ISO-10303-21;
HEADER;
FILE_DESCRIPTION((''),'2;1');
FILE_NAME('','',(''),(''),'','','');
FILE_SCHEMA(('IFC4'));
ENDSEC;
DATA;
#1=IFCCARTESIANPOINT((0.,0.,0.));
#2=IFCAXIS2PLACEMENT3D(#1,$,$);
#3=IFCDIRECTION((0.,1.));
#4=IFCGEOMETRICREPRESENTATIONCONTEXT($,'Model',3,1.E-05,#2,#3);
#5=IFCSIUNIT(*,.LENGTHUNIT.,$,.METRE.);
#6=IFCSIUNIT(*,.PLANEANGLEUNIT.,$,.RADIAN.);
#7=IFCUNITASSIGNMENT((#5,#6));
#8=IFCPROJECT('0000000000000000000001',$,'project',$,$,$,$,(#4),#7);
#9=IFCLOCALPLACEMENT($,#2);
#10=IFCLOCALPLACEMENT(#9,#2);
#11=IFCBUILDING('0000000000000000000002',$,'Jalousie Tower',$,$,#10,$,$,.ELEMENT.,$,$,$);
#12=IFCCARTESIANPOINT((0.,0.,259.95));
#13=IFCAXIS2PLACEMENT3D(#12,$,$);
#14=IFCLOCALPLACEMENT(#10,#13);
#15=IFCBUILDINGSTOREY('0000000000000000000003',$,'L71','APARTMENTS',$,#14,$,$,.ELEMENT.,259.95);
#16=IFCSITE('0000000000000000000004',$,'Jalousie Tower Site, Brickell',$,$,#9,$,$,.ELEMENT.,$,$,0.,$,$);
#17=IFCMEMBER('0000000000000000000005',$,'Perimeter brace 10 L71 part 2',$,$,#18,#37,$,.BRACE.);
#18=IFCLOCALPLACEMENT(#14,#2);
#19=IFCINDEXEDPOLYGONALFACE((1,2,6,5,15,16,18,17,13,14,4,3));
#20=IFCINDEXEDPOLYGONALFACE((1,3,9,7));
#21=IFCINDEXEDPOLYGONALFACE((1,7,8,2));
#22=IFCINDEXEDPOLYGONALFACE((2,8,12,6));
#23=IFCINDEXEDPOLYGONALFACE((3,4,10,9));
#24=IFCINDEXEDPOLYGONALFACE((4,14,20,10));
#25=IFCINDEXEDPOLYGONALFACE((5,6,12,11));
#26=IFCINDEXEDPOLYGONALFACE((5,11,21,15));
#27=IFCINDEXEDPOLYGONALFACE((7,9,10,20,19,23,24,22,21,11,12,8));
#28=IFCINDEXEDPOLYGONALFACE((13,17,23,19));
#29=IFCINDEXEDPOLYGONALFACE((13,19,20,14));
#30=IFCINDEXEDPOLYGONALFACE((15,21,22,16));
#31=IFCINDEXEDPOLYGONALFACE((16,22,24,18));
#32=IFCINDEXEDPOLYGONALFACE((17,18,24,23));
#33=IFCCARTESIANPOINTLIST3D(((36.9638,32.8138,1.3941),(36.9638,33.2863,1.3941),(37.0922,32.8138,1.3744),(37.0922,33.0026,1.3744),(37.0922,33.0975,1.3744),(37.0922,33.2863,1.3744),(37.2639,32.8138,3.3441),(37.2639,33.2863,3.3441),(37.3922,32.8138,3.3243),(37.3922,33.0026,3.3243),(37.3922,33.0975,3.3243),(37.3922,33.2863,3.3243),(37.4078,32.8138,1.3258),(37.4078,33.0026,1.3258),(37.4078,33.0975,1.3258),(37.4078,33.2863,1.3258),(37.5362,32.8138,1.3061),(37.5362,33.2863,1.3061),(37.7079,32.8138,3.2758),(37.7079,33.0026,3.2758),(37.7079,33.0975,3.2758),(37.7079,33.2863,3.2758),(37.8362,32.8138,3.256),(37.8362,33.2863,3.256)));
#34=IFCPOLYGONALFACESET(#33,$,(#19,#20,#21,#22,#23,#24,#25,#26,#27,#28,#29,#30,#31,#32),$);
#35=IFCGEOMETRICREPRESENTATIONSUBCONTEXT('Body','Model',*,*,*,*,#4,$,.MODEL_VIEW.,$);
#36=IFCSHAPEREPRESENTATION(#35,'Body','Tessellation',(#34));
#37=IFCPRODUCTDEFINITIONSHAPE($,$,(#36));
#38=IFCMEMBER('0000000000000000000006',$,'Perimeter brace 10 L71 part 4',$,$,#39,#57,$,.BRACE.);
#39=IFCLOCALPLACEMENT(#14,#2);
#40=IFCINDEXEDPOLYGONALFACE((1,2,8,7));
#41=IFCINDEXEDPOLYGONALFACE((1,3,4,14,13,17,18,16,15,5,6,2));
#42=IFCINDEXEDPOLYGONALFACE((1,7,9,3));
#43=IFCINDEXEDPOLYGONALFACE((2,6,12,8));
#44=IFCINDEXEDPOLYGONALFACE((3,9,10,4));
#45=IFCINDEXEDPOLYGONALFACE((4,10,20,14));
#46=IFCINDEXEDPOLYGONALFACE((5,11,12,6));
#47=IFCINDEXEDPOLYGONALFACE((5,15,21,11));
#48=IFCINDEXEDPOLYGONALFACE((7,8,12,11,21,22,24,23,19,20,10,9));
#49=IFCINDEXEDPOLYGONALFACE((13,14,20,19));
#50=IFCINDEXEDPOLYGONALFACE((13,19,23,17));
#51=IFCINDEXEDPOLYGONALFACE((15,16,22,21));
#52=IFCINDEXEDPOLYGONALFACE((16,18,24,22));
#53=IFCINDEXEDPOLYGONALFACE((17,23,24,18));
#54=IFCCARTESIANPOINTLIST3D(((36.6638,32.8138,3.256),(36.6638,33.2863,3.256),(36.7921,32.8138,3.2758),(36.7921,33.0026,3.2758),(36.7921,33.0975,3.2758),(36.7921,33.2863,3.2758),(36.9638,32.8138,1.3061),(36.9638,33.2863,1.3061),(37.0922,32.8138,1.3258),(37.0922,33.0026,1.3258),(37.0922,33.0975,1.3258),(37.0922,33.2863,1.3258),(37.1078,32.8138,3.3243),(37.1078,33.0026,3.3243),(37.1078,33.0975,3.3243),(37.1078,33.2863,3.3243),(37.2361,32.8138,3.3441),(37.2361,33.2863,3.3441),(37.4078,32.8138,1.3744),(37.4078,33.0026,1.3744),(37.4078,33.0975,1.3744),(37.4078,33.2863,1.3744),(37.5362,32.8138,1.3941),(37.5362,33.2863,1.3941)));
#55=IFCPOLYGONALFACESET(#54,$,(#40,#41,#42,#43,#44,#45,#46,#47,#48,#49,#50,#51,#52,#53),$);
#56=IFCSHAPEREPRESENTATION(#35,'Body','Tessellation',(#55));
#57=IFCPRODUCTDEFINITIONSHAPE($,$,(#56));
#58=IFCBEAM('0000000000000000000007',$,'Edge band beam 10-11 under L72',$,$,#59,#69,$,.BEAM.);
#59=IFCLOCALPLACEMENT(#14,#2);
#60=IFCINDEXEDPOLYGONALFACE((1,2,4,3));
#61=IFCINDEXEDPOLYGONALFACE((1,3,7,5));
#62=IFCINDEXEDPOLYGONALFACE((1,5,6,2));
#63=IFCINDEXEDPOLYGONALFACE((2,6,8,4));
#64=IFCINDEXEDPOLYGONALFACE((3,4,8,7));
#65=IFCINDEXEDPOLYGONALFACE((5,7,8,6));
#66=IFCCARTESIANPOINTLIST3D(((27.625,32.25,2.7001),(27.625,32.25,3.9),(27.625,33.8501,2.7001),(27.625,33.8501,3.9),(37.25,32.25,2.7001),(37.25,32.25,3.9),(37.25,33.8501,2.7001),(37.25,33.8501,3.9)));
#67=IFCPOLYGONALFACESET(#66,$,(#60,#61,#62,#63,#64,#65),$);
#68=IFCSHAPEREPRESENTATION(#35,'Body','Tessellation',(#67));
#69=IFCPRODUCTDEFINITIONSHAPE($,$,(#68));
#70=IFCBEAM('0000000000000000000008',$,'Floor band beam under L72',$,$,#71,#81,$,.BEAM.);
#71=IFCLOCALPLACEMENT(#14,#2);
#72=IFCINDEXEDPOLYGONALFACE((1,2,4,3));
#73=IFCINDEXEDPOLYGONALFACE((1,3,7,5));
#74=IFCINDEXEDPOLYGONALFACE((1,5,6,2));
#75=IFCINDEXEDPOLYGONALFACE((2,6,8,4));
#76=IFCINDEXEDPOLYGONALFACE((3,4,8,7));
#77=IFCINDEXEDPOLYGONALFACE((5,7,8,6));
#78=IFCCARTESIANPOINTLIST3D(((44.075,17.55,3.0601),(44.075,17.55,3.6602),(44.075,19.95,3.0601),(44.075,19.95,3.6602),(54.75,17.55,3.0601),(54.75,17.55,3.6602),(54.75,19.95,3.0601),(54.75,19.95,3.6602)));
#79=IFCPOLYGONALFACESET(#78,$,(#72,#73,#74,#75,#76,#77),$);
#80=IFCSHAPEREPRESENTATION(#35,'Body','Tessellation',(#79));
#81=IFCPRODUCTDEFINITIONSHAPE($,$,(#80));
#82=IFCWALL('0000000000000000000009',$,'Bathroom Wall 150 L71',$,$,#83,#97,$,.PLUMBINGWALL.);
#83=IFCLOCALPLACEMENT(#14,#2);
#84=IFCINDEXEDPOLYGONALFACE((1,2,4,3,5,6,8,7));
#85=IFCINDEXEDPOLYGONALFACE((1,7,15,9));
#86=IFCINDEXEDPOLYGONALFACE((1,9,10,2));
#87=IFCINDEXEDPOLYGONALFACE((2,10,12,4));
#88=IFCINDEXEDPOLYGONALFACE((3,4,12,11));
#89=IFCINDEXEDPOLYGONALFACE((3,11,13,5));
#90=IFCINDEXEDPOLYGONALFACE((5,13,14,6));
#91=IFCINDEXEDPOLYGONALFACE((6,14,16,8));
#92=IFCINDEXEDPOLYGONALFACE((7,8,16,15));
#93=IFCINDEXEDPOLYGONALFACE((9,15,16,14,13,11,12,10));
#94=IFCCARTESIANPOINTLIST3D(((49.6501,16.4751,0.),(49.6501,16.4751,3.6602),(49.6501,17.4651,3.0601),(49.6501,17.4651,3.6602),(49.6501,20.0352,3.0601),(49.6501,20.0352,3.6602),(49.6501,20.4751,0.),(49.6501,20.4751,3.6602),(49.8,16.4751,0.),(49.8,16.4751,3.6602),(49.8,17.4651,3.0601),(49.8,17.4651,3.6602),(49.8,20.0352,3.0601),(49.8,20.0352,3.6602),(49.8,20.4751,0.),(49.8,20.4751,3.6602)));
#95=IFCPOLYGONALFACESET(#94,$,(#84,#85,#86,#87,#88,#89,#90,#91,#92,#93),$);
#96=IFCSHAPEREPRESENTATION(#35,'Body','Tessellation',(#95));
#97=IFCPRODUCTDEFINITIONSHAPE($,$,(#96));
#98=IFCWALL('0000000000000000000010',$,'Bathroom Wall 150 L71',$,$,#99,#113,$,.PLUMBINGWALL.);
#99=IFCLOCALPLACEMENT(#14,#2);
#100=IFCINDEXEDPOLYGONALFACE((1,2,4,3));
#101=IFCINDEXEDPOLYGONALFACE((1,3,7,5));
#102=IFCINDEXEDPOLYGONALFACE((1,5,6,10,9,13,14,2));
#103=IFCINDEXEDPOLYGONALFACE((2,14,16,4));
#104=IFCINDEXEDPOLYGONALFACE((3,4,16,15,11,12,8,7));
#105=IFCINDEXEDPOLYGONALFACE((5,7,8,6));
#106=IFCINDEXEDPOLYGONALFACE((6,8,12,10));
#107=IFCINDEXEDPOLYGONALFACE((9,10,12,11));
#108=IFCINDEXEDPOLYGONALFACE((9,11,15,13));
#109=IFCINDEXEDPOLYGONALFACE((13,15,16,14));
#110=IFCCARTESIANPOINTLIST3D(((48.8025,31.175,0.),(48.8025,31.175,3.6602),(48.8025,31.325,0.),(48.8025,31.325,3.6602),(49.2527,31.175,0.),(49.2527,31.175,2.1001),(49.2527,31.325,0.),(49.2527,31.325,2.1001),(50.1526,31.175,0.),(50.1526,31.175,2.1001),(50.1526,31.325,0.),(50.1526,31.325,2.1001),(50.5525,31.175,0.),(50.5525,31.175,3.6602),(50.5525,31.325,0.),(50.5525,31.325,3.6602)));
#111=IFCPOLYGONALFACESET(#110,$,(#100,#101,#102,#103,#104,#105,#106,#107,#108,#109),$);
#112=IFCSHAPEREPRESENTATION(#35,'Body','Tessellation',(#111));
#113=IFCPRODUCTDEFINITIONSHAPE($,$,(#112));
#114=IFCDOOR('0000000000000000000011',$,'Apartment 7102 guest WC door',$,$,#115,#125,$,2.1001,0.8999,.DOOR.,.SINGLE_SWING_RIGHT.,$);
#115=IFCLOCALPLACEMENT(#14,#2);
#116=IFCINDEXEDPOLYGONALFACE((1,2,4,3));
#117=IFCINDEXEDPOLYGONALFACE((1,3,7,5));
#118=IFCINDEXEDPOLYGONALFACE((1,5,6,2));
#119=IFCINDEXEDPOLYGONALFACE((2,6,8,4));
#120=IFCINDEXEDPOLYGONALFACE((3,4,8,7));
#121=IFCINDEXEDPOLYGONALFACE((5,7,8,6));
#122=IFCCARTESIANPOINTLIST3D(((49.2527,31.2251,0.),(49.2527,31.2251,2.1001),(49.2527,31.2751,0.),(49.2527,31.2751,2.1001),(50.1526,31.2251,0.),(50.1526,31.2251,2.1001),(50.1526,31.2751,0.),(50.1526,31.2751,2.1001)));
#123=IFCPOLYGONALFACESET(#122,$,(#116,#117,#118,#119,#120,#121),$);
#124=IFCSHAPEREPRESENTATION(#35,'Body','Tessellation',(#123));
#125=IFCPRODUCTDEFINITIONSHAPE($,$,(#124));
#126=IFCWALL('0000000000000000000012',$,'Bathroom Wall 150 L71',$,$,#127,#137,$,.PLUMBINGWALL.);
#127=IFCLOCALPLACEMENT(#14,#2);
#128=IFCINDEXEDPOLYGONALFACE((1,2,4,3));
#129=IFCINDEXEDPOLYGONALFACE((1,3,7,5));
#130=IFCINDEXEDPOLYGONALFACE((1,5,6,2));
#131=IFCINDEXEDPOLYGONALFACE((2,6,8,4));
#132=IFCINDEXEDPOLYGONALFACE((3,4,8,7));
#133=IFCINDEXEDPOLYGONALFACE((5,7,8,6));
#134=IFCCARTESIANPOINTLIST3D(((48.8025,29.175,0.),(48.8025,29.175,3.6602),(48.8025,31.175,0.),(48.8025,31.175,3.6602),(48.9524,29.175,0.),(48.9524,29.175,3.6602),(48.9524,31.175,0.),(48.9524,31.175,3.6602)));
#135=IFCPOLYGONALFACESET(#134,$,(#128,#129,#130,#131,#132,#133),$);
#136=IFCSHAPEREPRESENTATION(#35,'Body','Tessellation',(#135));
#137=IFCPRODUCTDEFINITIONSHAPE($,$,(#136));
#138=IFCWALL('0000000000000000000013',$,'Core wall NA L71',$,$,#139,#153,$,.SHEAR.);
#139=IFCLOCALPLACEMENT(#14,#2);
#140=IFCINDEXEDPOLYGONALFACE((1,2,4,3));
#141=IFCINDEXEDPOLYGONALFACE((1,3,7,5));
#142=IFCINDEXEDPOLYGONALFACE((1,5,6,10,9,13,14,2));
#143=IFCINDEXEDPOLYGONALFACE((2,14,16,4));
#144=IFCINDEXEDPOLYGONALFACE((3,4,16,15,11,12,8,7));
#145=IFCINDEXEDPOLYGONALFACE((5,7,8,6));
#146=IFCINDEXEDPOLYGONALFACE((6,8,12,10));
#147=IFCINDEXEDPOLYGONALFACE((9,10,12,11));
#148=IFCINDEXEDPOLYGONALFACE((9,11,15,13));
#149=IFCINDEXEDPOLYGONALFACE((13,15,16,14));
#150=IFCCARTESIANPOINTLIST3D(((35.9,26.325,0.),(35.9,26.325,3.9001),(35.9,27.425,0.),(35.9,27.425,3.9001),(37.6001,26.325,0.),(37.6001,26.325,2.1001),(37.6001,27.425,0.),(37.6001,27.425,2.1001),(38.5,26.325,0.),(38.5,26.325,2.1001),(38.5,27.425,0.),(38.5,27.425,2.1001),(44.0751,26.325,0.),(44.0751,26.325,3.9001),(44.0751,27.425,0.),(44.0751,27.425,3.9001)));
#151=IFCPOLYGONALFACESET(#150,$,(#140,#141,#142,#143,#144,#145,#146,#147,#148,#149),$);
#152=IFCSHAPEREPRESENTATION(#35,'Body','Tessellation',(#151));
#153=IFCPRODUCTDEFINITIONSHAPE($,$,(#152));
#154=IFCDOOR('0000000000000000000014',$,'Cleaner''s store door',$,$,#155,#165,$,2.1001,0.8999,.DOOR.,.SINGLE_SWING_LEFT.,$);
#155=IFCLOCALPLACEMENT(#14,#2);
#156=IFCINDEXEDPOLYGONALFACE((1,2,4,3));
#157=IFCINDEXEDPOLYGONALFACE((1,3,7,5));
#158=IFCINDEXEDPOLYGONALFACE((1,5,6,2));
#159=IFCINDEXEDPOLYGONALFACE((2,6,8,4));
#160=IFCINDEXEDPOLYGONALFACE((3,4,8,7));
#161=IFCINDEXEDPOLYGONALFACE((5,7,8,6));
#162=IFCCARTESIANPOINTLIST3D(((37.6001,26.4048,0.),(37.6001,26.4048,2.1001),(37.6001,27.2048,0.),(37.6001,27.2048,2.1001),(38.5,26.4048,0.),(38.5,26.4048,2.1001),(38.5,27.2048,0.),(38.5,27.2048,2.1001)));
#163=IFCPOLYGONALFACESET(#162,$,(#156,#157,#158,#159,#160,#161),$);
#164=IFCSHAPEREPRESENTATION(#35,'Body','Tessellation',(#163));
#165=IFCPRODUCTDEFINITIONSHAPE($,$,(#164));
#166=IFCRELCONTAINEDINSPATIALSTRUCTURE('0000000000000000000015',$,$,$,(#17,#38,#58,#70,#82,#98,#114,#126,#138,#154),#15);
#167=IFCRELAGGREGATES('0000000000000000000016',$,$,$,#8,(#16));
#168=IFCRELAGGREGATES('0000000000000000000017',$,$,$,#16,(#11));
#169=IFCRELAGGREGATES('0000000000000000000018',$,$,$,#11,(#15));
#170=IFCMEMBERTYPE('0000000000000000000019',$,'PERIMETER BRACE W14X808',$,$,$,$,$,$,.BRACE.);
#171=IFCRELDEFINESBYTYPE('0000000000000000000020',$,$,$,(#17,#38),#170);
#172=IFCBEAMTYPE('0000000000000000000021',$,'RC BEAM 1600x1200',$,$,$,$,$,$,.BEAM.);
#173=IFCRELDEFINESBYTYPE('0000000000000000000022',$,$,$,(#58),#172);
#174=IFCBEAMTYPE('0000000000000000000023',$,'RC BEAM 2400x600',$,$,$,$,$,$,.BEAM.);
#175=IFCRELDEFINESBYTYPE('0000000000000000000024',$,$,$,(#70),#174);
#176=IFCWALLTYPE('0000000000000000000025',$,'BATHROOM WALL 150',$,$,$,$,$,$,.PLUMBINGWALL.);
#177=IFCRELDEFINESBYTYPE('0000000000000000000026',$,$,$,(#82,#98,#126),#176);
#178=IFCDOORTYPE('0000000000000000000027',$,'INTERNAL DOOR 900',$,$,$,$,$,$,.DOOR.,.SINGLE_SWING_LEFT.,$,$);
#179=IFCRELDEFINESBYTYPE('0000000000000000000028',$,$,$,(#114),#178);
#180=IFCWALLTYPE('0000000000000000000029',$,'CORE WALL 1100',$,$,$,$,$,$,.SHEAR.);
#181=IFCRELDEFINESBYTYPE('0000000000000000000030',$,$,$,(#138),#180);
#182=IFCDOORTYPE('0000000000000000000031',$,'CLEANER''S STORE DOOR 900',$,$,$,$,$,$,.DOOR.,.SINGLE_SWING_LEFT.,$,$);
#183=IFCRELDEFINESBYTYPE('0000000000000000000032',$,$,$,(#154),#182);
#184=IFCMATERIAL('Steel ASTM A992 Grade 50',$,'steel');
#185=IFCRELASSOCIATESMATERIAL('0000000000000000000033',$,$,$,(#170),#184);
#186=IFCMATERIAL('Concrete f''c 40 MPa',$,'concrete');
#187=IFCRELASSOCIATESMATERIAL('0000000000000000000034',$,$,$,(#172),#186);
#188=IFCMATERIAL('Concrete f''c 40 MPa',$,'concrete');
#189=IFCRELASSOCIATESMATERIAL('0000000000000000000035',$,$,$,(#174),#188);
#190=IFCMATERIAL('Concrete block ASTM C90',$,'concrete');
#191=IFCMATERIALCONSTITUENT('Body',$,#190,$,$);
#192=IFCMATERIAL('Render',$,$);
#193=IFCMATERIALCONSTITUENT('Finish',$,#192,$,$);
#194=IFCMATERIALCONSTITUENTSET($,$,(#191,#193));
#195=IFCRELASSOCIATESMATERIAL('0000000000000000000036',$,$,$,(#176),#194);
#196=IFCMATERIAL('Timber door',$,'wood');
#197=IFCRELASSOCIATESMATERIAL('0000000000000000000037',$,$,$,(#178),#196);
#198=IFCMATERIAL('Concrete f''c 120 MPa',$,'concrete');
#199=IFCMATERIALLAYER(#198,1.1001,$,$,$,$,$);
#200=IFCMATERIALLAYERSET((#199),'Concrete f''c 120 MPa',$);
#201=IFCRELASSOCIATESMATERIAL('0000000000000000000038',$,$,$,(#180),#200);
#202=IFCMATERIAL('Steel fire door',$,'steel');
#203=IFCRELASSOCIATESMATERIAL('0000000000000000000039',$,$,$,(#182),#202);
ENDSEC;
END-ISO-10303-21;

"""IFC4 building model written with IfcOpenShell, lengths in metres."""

from ifc_helpers import new_model, si_unit, direction, frame, frame_2d, origin, origin_2d, place, context, subcontext, project, spatial, polyline, rectangle, i_section, outline, extrude, material, layer, layer_set, constituent, constituent_set, material_profile, profile_set, type_object, element, fill, save


model = new_model("IFC4")

# Units and contexts
model_context = context("Model", 3, precision=1e-05, world=origin(), true_north=direction((0.0, 1.0)))
body_context = subcontext(model_context, "Body", "Model", "MODEL_VIEW")
ifc_project = project(units=[si_unit("LENGTHUNIT", "METRE"), si_unit("PLANEANGLEUNIT", "RADIAN")], contexts=[model_context])

# Site, building, storey
site_placement = place(None, origin())
site = spatial("IfcSite", under=ifc_project, at=site_placement, Name="Jalousie Tower Site, Brickell", CompositionType="ELEMENT", RefElevation=0.0)
building_placement = place(site_placement, origin())
building = spatial("IfcBuilding", under=site, at=building_placement, Name="Jalousie Tower", CompositionType="ELEMENT")
storey_placement = place(building_placement, frame((0.0, 0.0, 259.95)))
storey = spatial("IfcBuildingStorey", under=building, at=storey_placement, Name="L71", Description="APARTMENTS", CompositionType="ELEMENT", Elevation=259.95)

# Members
ifc_material_1 = material(Name="Steel ASTM A992 Grade 50", Category="steel")
ifc_material_profile_1 = material_profile(ifc_material_1, i_section(OverallWidth=0.4724, OverallDepth=0.5791, WebThickness=0.095, FlangeThickness=0.1299, at=origin_2d()), Name="W14X808")
ifc_profile_set_1 = profile_set([ifc_material_profile_1], Name="Steel ASTM A992 Grade 50")
member_type = type_object("IfcMemberType", Name="PERIMETER BRACE W14X808", PredefinedType="BRACE", material=ifc_profile_set_1)
for number, where, z_axis, x_axis, name in (
    (1, (37.25, 33.05, 1.3501), (0.152085, 0.0, 0.988367), (0.0, 1.0, 0.0), "Perimeter brace 10 L71 part 2"),
    (2, (37.25, 33.05, 1.3501), (-0.152085, 0.0, 0.988367), (0.0, -1.0, 0.0), "Perimeter brace 10 L71 part 4"),
):
    element("IfcMember", number, at=place(storey_placement, frame(where, z_axis=z_axis, x_axis=x_axis)), inside=storey, type_object=member_type, Name=name, PredefinedType="BRACE", context=body_context, shape_type="SweptSolid", body=[
        extrude(i_section(OverallWidth=0.4724, OverallDepth=0.5791, WebThickness=0.095, FlangeThickness=0.1299, at=origin_2d()), origin(), (0.0, 0.0, 1.0), 1.9729),
    ])

# Beams
ifc_material_2 = material(Name="Concrete f'c 40 MPa", Category="concrete")
ifc_material_profile_2 = material_profile(ifc_material_2, rectangle(XDim=1.6001, YDim=1.2, at=origin_2d()), Name="RC 1600x1200")
ifc_profile_set_2 = profile_set([ifc_material_profile_2], Name="Concrete f'c 40 MPa")
beam_type_1 = type_object("IfcBeamType", Name="RC BEAM 1600x1200", PredefinedType="BEAM", material=ifc_profile_set_2)
beam_1_placement = place(storey_placement, frame((37.25, 33.05, 3.3), z_axis=(-1.0, 0.0, 0.0), x_axis=(0.0, -1.0, 0.0)))
element("IfcBeam", 3, at=beam_1_placement, inside=storey, type_object=beam_type_1, Name="Edge band beam 10-11 under L72", PredefinedType="BEAM", context=body_context, shape_type="SweptSolid", body=[
    extrude(rectangle(XDim=1.6001, YDim=1.2, at=origin_2d()), origin(), (0.0, 0.0, 1.0), 9.625),
])
ifc_material_3 = material(Name="Concrete f'c 40 MPa", Category="concrete")
ifc_material_profile_3 = material_profile(ifc_material_3, rectangle(XDim=2.3999, YDim=0.6001, at=origin_2d()), Name="RC 2400x600")
ifc_profile_set_3 = profile_set([ifc_material_profile_3], Name="Concrete f'c 40 MPa")
beam_type_2 = type_object("IfcBeamType", Name="RC BEAM 2400x600", PredefinedType="BEAM", material=ifc_profile_set_3)
beam_2_placement = place(storey_placement, frame((44.075, 18.75, 3.3601), z_axis=(1.0, 0.0, 0.0), x_axis=(0.0, 1.0, 0.0)))
element("IfcBeam", 4, at=beam_2_placement, inside=storey, type_object=beam_type_2, Name="Floor band beam under L72", PredefinedType="BEAM", context=body_context, shape_type="SweptSolid", body=[
    extrude(rectangle(XDim=2.3999, YDim=0.6001, at=origin_2d()), origin(), (0.0, 0.0, 1.0), 10.675),
])

# Wall
ifc_material_4 = material(Name="Concrete block ASTM C90", Category="concrete")
ifc_constituent_1 = constituent(ifc_material_4, Name="Body")
ifc_material_5 = material(Name="Render")
ifc_constituent_2 = constituent(ifc_material_5, Name="Finish")
ifc_constituent_set_1 = constituent_set(constituents=[ifc_constituent_1, ifc_constituent_2])
wall_type_1 = type_object("IfcWallType", Name="BATHROOM WALL 150", PredefinedType="PLUMBINGWALL", material=ifc_constituent_set_1)
wall_1_placement = place(storey_placement, frame((49.7251, 16.4751, 0.0), z_axis=(0.0, 0.0, 1.0), x_axis=(0.0, 1.0, 0.0)))
element("IfcWall", 5, at=wall_1_placement, inside=storey, type_object=wall_type_1, Name="Bathroom Wall 150 L71", PredefinedType="PLUMBINGWALL", context=body_context, shape_type="SweptSolid", body=[
    extrude(outline(polyline([(0.0, 0.0), (4.0, 0.0), (4.0, 3.6602), (3.5601, 3.6602), (3.5601, 3.0601), (0.99, 3.0601), (0.99, 3.6602), (0.0, 3.6602), (0.0, 0.0)])), frame((0.0, 0.075, 0.0), z_axis=(0.0, -1.0, 0.0), x_axis=(1.0, 0.0, 0.0)), (0.0, 0.0, 1.0), 0.1499),
])

# Wall, opening, door
wall_2_placement = place(storey_placement, frame((50.5525, 31.25, 0.0), z_axis=(0.0, 0.0, 1.0), x_axis=(-1.0, 0.0, 0.0)))
wall_2 = element("IfcWall", 6, at=wall_2_placement, inside=storey, type_object=wall_type_1, Name="Bathroom Wall 150 L71", PredefinedType="PLUMBINGWALL", context=body_context, shape_type="SweptSolid", body=[
    extrude(rectangle(XDim=1.75, YDim=0.1499, at=frame_2d((0.875, 0.0))), origin(), (0.0, 0.0, 1.0), 3.6602),
])
opening_1_placement = place(wall_2_placement, frame((0.3999, 0.0, 0.0)))
opening_1 = element("IfcOpeningElement", 7, at=opening_1_placement, cuts=wall_2, PredefinedType="OPENING", context=body_context, shape_type="SweptSolid", body=[
    extrude(rectangle(XDim=0.8999, YDim=2.1001, at=frame_2d((0.45, 1.05))), frame((0.0, 0.085, 0.0), z_axis=(0.0, -1.0, 0.0), x_axis=(1.0, 0.0, 0.0)), (0.0, 0.0, 1.0), 0.1699),
])
ifc_material_6 = material(Name="Timber door", Category="wood")
door_type_1 = type_object("IfcDoorType", Name="INTERNAL DOOR 900", OperationType="SINGLE_SWING_LEFT", PredefinedType="DOOR", material=ifc_material_6)
door_1_placement = place(opening_1_placement, origin())
door_1 = element("IfcDoor", 8, at=door_1_placement, inside=storey, type_object=door_type_1, Name="Apartment 7102 guest WC door", OperationType="SINGLE_SWING_RIGHT", OverallHeight=2.1001, OverallWidth=0.8999, PredefinedType="DOOR", context=body_context, shape_type="SweptSolid", body=[
    extrude(rectangle(XDim=0.8999, YDim=2.1001, at=frame_2d((0.45, 1.05))), frame((0.0, 0.0249, 0.0), z_axis=(0.0, -1.0, 0.0), x_axis=(1.0, 0.0, 0.0)), (0.0, 0.0, 1.0), 0.05),
])
fill(opening_1, door_1)

# Wall
wall_3_placement = place(storey_placement, frame((48.8774, 29.175, 0.0), z_axis=(0.0, 0.0, 1.0), x_axis=(0.0, 1.0, 0.0)))
element("IfcWall", 9, at=wall_3_placement, inside=storey, type_object=wall_type_1, Name="Bathroom Wall 150 L71", PredefinedType="PLUMBINGWALL", context=body_context, shape_type="SweptSolid", body=[
    extrude(rectangle(XDim=2.0, YDim=0.1499, at=frame_2d((1.0, 0.0))), origin(), (0.0, 0.0, 1.0), 3.6602),
])

# Wall, opening, door
ifc_material_7 = material(Name="Concrete f'c 120 MPa", Category="concrete")
ifc_layer_1 = layer(ifc_material_7, 1.1001)
ifc_layer_set_1 = layer_set([ifc_layer_1], Name="Concrete f'c 120 MPa")
wall_type_2 = type_object("IfcWallType", Name="CORE WALL 1100", PredefinedType="SHEAR", material=ifc_layer_set_1)
wall_4_placement = place(storey_placement, frame((44.075, 26.875, 0.0), z_axis=(0.0, 0.0, 1.0), x_axis=(-1.0, 0.0, 0.0)))
wall_4 = element("IfcWall", 10, at=wall_4_placement, inside=storey, type_object=wall_type_2, Name="Core wall NA L71", PredefinedType="SHEAR", context=body_context, shape_type="SweptSolid", body=[
    extrude(rectangle(XDim=8.175, YDim=1.1001, at=frame_2d((4.0874, 0.0))), origin(), (0.0, 0.0, 1.0), 3.9001),
])
opening_2_placement = place(wall_4_placement, frame((5.575, 0.0, 0.0)))
opening_2 = element("IfcOpeningElement", 11, at=opening_2_placement, cuts=wall_4, PredefinedType="OPENING", context=body_context, shape_type="SweptSolid", body=[
    extrude(rectangle(XDim=0.8999, YDim=2.1001, at=frame_2d((0.45, 1.05))), frame((0.0, 0.5601, 0.0), z_axis=(0.0, -1.0, 0.0), x_axis=(1.0, 0.0, 0.0)), (0.0, 0.0, 1.0), 1.1201),
])
ifc_material_8 = material(Name="Steel fire door", Category="steel")
door_type_2 = type_object("IfcDoorType", Name="CLEANER'S STORE DOOR 900", OperationType="SINGLE_SWING_LEFT", PredefinedType="DOOR", material=ifc_material_8)
door_2_placement = place(opening_2_placement, origin())
door_2 = element("IfcDoor", 12, at=door_2_placement, inside=storey, type_object=door_type_2, Name="Cleaner's store door", OperationType="SINGLE_SWING_LEFT", OverallHeight=2.1001, OverallWidth=0.8999, PredefinedType="DOOR", context=body_context, shape_type="SweptSolid", body=[
    extrude(rectangle(XDim=0.8999, YDim=2.1001, at=frame_2d((0.45, 1.05))), frame((0.0, 0.4702, 0.0), z_axis=(0.0, -1.0, 0.0), x_axis=(1.0, 0.0, 0.0)), (0.0, 0.0, 1.0), 0.8),
])
fill(opening_2, door_2)

save(model, "model.ifc")
